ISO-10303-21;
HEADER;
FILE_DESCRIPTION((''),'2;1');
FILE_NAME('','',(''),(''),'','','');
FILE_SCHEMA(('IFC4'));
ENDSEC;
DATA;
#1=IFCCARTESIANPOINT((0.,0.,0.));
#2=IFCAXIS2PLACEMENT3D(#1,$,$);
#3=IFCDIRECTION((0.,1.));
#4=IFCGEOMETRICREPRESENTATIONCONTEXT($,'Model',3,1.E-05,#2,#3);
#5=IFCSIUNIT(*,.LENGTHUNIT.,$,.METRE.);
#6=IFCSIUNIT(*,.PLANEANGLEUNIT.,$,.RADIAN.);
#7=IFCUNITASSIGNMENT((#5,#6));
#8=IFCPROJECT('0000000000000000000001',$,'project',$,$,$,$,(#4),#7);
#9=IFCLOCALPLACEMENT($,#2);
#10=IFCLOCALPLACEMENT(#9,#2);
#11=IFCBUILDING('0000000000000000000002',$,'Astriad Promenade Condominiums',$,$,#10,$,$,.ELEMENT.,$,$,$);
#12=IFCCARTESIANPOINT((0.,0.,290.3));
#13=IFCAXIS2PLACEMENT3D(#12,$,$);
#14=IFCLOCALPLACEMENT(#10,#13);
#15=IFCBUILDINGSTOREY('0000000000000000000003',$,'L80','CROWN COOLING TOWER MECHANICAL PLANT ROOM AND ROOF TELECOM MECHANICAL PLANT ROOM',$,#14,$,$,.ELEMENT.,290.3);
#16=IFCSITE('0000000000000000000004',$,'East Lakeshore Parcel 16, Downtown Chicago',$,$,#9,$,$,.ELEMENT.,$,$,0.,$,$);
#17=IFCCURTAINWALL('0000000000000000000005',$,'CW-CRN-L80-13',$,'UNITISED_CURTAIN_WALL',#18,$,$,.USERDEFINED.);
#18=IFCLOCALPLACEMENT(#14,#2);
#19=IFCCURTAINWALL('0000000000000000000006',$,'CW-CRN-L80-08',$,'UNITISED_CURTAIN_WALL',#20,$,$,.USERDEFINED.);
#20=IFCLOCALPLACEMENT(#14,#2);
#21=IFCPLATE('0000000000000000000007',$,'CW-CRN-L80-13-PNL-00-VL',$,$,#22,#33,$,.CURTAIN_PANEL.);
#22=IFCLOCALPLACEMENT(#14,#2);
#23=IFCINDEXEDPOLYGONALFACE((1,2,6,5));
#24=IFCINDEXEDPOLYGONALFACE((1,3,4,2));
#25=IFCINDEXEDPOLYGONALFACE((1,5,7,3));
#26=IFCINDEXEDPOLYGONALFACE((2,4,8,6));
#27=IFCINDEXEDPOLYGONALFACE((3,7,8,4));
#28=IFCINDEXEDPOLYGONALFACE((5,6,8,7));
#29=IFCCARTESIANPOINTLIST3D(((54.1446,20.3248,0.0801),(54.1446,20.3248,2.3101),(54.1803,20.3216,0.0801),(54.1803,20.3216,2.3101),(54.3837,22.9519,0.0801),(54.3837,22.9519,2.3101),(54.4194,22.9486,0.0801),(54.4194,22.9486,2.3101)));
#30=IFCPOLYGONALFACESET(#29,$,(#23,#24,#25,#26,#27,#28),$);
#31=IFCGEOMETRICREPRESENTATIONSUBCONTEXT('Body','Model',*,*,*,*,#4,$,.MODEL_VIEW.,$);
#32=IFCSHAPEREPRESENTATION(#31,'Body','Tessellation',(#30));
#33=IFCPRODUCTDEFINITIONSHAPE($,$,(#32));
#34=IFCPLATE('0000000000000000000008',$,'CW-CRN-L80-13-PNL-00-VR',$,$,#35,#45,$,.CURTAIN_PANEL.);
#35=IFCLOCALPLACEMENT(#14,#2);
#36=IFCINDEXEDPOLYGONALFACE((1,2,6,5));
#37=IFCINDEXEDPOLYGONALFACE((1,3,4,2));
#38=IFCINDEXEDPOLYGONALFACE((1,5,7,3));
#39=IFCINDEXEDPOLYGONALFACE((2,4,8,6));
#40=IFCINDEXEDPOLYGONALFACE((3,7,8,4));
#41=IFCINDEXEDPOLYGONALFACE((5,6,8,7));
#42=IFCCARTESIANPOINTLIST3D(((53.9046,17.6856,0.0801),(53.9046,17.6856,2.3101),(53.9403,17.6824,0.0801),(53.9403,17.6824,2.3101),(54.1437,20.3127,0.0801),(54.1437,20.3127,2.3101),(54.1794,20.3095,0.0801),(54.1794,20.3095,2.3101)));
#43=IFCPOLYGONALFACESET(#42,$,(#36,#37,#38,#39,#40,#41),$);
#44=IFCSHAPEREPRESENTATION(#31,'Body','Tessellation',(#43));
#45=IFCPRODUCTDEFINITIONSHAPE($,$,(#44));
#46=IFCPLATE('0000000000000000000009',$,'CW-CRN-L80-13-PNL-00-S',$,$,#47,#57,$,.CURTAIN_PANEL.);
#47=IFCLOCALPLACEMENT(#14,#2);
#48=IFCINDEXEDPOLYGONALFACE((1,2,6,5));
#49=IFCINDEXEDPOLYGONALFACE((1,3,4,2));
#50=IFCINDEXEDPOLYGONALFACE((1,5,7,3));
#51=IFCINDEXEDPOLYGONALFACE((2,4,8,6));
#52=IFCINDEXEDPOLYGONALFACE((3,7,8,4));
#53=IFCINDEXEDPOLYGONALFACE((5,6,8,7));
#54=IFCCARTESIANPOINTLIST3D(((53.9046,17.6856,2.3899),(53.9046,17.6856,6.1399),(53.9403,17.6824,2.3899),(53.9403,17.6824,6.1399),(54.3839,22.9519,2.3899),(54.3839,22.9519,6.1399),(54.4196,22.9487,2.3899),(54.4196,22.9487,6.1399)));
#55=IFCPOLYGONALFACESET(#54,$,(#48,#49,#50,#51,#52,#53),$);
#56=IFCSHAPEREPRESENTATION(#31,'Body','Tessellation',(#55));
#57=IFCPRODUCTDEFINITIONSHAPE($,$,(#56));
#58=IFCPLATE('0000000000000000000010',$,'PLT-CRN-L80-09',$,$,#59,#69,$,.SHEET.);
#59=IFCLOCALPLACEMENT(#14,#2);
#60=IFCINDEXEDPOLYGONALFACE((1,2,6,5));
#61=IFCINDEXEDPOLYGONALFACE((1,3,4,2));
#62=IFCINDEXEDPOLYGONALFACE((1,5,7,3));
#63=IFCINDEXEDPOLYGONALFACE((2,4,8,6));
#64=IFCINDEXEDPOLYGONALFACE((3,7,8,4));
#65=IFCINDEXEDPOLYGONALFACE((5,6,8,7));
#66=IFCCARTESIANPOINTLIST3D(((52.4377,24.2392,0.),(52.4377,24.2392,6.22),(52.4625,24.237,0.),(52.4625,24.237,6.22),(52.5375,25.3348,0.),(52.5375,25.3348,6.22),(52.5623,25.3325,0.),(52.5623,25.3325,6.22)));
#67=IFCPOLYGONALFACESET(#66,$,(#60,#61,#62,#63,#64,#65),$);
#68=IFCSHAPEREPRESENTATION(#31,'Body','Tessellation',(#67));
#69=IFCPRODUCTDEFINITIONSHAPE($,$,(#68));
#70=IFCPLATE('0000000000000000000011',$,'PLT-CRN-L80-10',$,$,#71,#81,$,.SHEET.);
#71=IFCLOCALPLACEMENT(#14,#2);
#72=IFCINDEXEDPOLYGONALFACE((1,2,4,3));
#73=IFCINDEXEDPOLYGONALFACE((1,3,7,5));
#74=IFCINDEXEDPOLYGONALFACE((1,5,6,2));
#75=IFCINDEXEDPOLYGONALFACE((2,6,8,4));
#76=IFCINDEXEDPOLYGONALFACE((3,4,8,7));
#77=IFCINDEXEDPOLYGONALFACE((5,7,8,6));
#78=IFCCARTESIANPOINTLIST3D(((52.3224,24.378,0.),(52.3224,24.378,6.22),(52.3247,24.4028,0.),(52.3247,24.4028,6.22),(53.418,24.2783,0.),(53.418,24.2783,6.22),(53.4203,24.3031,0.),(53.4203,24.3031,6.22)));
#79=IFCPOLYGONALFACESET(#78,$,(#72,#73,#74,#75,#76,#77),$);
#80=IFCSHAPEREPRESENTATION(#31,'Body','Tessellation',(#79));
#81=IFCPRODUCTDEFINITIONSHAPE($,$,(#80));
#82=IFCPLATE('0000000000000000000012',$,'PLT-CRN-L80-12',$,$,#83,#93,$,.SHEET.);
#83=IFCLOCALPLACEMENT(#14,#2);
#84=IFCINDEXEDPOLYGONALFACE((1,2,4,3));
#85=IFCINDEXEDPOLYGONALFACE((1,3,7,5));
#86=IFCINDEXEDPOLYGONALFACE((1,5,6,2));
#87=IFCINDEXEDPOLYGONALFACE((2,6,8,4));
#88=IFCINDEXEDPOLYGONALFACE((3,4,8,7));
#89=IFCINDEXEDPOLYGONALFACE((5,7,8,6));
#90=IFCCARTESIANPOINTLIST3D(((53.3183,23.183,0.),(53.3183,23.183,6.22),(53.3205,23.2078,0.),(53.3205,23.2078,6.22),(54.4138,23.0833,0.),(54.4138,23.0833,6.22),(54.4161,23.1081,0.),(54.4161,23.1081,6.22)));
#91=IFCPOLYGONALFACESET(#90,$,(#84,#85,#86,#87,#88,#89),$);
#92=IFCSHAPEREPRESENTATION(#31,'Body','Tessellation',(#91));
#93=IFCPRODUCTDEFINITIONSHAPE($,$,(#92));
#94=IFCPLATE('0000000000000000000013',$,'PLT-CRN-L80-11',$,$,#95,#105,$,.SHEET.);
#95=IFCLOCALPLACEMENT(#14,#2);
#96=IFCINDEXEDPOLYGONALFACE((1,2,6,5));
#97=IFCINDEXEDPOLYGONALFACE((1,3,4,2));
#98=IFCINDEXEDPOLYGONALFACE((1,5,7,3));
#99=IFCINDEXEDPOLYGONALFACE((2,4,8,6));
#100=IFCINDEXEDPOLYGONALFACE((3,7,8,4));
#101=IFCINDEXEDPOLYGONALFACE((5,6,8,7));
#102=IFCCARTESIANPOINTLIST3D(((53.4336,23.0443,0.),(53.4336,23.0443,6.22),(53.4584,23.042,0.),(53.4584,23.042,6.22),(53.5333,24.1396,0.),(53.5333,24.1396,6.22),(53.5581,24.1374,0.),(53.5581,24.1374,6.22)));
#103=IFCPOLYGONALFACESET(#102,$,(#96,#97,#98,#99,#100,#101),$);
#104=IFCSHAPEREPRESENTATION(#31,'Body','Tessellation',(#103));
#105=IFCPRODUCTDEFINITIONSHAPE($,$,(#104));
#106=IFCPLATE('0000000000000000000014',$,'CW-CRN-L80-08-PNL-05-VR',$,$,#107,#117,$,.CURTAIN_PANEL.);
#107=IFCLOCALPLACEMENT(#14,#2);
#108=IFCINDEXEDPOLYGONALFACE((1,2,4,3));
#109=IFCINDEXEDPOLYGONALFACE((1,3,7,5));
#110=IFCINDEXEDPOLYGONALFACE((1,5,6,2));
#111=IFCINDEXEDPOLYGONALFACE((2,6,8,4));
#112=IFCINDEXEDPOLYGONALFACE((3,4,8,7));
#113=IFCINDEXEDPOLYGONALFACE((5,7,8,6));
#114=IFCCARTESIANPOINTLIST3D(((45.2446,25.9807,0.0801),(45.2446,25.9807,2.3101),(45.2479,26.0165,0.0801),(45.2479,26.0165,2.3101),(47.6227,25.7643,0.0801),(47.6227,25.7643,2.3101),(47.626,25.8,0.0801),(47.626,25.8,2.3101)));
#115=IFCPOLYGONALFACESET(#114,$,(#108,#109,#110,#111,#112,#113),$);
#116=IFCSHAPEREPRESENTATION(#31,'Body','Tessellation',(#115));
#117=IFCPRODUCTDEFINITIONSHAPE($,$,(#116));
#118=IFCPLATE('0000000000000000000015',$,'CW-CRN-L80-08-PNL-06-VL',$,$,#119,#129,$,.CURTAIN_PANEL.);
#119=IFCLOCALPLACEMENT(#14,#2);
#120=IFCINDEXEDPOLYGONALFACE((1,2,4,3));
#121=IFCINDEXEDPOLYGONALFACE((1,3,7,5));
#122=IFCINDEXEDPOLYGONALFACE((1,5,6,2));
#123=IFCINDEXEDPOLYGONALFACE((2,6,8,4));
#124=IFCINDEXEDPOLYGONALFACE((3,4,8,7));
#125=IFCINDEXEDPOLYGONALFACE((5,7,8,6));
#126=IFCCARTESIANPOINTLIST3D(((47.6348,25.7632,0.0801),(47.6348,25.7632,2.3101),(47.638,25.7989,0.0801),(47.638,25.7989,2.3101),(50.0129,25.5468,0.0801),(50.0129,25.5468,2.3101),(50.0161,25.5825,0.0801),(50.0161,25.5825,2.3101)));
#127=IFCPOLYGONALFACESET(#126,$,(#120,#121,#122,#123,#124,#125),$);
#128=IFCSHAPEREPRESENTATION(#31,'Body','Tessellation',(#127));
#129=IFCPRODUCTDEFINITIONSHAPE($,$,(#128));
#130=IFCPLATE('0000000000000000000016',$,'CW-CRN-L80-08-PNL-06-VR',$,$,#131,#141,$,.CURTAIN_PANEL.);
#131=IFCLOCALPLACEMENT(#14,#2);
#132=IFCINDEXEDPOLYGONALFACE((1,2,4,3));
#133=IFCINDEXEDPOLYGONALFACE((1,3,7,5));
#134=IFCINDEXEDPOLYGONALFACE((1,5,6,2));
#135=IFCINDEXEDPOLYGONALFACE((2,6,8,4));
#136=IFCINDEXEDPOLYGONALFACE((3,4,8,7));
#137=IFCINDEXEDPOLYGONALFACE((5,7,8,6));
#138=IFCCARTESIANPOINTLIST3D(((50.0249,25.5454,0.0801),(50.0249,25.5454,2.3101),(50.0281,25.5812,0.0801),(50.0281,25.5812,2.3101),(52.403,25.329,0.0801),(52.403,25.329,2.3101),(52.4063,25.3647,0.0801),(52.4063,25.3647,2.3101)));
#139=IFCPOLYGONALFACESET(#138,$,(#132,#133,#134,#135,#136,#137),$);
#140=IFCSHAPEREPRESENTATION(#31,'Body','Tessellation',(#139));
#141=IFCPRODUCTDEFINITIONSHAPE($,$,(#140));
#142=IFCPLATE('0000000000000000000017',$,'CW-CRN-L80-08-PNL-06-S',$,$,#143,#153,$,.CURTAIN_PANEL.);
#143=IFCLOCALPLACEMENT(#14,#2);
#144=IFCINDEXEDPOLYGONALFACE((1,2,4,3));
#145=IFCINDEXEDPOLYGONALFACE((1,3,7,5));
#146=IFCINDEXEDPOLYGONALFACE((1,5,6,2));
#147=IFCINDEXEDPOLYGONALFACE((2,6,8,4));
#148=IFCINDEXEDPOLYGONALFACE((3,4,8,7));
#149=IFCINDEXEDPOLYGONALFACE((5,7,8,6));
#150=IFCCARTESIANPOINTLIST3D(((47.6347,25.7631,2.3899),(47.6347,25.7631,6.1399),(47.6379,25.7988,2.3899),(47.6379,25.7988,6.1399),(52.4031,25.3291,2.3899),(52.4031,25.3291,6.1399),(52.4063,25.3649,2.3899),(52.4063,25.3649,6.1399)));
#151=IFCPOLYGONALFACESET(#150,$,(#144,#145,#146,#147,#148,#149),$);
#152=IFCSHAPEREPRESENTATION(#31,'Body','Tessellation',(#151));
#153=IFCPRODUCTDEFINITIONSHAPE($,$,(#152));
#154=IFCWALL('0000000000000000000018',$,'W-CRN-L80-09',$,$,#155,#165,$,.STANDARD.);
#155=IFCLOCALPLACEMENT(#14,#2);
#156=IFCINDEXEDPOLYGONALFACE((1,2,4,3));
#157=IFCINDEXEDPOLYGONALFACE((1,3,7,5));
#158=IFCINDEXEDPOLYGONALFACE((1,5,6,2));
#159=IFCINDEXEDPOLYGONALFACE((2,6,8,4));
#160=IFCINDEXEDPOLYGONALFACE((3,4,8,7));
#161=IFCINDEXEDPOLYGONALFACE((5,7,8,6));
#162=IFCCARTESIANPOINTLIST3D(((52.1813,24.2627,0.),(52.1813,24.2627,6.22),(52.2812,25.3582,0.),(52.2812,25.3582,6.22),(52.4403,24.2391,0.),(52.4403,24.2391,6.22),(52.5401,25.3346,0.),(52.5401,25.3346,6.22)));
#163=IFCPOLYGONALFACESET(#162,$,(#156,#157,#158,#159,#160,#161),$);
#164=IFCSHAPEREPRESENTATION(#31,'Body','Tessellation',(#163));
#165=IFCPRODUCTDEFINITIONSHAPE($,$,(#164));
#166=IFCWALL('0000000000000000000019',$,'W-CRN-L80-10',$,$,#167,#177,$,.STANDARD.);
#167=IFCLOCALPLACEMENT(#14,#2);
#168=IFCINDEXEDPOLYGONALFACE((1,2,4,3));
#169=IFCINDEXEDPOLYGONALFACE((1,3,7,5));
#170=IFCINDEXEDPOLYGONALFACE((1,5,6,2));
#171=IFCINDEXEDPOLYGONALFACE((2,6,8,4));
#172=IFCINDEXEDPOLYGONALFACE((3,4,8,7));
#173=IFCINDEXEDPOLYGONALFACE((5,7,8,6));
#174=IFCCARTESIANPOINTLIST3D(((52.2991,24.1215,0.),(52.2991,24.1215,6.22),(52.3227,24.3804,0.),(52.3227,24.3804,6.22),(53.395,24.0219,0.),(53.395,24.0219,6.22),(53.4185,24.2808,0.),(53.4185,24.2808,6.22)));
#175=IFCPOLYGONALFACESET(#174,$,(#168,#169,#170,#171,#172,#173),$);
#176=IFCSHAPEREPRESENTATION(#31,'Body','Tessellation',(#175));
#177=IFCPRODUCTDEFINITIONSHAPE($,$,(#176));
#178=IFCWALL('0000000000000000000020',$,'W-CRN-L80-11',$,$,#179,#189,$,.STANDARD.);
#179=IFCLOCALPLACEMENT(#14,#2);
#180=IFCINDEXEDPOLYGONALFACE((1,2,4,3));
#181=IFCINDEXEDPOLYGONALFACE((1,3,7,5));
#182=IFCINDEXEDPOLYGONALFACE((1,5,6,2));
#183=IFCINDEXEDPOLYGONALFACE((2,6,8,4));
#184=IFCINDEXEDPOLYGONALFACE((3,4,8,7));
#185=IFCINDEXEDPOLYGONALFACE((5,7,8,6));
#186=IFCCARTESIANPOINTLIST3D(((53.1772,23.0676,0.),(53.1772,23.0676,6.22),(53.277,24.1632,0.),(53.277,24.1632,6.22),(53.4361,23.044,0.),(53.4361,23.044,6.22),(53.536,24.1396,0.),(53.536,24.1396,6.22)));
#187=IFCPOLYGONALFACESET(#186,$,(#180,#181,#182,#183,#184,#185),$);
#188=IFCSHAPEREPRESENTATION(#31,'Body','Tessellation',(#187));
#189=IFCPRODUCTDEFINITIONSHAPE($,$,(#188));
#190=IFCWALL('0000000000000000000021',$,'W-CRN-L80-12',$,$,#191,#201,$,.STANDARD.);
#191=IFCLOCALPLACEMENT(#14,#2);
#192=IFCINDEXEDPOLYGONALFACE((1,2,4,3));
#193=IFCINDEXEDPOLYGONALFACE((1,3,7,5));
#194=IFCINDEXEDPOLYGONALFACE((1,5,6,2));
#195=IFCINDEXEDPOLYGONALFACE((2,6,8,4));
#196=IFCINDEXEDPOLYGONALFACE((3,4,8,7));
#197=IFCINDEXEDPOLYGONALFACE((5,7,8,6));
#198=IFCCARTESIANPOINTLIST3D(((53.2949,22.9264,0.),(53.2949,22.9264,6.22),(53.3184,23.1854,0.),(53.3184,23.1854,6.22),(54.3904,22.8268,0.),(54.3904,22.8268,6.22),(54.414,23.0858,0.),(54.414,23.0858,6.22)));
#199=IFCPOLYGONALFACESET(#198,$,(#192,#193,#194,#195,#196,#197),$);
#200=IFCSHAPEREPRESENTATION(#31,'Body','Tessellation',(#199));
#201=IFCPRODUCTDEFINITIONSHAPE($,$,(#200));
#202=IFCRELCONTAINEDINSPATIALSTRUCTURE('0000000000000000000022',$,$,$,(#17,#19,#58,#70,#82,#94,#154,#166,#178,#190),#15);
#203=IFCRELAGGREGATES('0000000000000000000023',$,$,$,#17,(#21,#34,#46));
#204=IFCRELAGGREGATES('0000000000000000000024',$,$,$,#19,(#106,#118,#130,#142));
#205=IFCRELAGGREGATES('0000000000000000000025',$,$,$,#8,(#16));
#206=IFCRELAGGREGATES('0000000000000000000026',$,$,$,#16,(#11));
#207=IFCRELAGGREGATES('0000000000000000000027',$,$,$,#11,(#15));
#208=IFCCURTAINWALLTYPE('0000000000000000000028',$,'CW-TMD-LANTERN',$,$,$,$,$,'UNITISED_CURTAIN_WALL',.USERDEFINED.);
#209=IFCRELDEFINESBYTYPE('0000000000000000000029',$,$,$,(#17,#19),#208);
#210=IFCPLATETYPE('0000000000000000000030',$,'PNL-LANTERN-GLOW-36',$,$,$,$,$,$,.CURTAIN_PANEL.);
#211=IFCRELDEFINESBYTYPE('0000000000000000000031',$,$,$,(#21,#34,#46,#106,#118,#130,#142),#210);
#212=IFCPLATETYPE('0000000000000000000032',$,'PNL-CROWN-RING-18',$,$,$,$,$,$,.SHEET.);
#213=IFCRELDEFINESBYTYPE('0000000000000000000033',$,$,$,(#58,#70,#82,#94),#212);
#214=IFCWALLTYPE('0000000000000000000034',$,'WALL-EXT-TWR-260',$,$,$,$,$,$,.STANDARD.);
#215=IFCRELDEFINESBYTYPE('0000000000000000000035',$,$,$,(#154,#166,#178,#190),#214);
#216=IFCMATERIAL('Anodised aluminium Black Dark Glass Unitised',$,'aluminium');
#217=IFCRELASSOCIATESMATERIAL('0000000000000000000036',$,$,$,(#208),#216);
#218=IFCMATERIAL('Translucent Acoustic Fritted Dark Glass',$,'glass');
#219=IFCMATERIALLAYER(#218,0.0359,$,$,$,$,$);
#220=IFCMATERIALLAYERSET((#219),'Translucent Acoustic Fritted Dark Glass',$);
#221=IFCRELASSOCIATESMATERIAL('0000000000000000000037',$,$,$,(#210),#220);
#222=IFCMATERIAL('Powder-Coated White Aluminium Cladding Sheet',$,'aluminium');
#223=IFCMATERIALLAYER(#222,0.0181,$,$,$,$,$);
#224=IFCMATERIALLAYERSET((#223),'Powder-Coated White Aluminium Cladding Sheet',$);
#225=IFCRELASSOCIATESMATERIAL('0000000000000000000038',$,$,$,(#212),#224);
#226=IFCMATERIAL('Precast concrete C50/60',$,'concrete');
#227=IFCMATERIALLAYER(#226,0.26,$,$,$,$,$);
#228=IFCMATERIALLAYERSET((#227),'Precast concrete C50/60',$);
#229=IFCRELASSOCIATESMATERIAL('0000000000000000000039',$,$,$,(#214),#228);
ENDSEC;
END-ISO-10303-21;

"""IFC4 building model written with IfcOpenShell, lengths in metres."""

from ifc_helpers import new_model, si_unit, direction, frame, frame_2d, origin, origin_2d, place, context, subcontext, project, spatial, rectangle, extrude, source, transform, mapped, material, layer, layer_set, type_object, type_shapes, element, aggregate, save


model = new_model("IFC4")

# Units and contexts
model_context = context("Model", 3, precision=1e-05, world=origin(), true_north=direction((0.0, 1.0)))
body_context = subcontext(model_context, "Body", "Model", "MODEL_VIEW")
ifc_project = project(units=[si_unit("LENGTHUNIT", "METRE"), si_unit("PLANEANGLEUNIT", "RADIAN")], contexts=[model_context])

# Site, building, storey
site_placement = place(None, origin())
site = spatial("IfcSite", under=ifc_project, at=site_placement, Name="East Lakeshore Parcel 16, Downtown Chicago", CompositionType="ELEMENT", RefElevation=0.0)
building_placement = place(site_placement, origin())
building = spatial("IfcBuilding", under=site, at=building_placement, Name="Astriad Promenade Condominiums", CompositionType="ELEMENT")
storey_placement = place(building_placement, frame((0.0, 0.0, 290.3)))
storey = spatial("IfcBuildingStorey", under=building, at=storey_placement, Name="L80", Description="CROWN COOLING TOWER MECHANICAL PLANT ROOM AND ROOF TELECOM MECHANICAL PLANT ROOM", CompositionType="ELEMENT", Elevation=290.3)

# Curtain walls
ifc_material_1 = material(Name="Anodised aluminium Black Dark Glass Unitised", Category="aluminium")
curtain_wall_type = type_object("IfcCurtainWallType", Name="CW-TMD-LANTERN", ElementType="UNITISED_CURTAIN_WALL", PredefinedType="USERDEFINED", material=ifc_material_1)
curtain_wall_1_placement = place(storey_placement, origin())
curtain_wall_1 = element("IfcCurtainWall", 1, at=curtain_wall_1_placement, inside=storey, type_object=curtain_wall_type, Name="CW-CRN-L80-13", ObjectType="UNITISED_CURTAIN_WALL", PredefinedType="USERDEFINED")
curtain_wall_2_placement = place(storey_placement, origin())
curtain_wall_2 = element("IfcCurtainWall", 2, at=curtain_wall_2_placement, inside=storey, type_object=curtain_wall_type, Name="CW-CRN-L80-08", ObjectType="UNITISED_CURTAIN_WALL", PredefinedType="USERDEFINED")

# Plates
ifc_material_2 = material(Name="Translucent Acoustic Fritted Dark Glass", Category="glass")
ifc_layer_1 = layer(ifc_material_2, 0.0359)
ifc_layer_set_1 = layer_set([ifc_layer_1], Name="Translucent Acoustic Fritted Dark Glass")
plate_type_1 = type_object("IfcPlateType", Name="PNL-LANTERN-GLOW-36", PredefinedType="CURTAIN_PANEL", material=ifc_layer_set_1)
shared_shape_1 = source(origin(), body_context, "Body", "SweptSolid", [
    extrude(rectangle(XDim=2.6379, YDim=0.0359, at=origin_2d()), origin(), (0.0, 0.0, 1.0), 2.23),
])
plate_1_placement = place(storey_placement, frame((54.282, 21.6367, 0.0801), z_axis=(0.0, 0.0, 1.0), x_axis=(-0.090633, -0.995884, 0.0)))
plate_1 = element("IfcPlate", 3, at=plate_1_placement, type_object=plate_type_1, Name="CW-CRN-L80-13-PNL-00-VL", PredefinedType="CURTAIN_PANEL", context=body_context, shape_type="MappedRepresentation", body=[
    mapped(shared_shape_1, transform((0.0, 0.0, 0.0), scale=1.0)),
])
plate_2_placement = place(storey_placement, frame((54.042, 18.9976, 0.0801), z_axis=(0.0, 0.0, 1.0), x_axis=(-0.090633, -0.995884, 0.0)))
plate_2 = element("IfcPlate", 4, at=plate_2_placement, type_object=plate_type_1, Name="CW-CRN-L80-13-PNL-00-VR", PredefinedType="CURTAIN_PANEL", context=body_context, shape_type="MappedRepresentation", body=[
    mapped(shared_shape_1, transform((0.0, 0.0, 0.0), scale=1.0)),
])
shared_shape_2 = source(origin(), body_context, "Body", "SweptSolid", [
    extrude(rectangle(XDim=5.2881, YDim=0.0359, at=origin_2d()), origin(), (0.0, 0.0, 1.0), 3.75),
])
plate_3_placement = place(storey_placement, frame((54.1621, 20.3171, 2.3899), z_axis=(0.0, 0.0, 1.0), x_axis=(-0.090633, -0.995884, 0.0)))
plate_3 = element("IfcPlate", 5, at=plate_3_placement, type_object=plate_type_1, Name="CW-CRN-L80-13-PNL-00-S", PredefinedType="CURTAIN_PANEL", context=body_context, shape_type="MappedRepresentation", body=[
    mapped(shared_shape_2, transform((0.0, 0.0, 0.0), scale=1.0)),
])
aggregate(curtain_wall_1, [plate_1, plate_2, plate_3])

# Plates
ifc_material_3 = material(Name="Powder-Coated White Aluminium Cladding Sheet", Category="aluminium")
ifc_layer_2 = layer(ifc_material_3, 0.0181)
ifc_layer_set_2 = layer_set([ifc_layer_2], Name="Powder-Coated White Aluminium Cladding Sheet")
plate_type_2 = type_object("IfcPlateType", Name="PNL-CROWN-RING-18", PredefinedType="SHEET", material=ifc_layer_set_2)
shared_shape_3 = source(origin(), body_context, "Body", "SweptSolid", [
    extrude(rectangle(XDim=1.1001, YDim=0.0249, at=origin_2d()), origin(), (0.0, 0.0, 1.0), 6.22),
])
for number, where, z_axis, x_axis, name in (
    (6, (52.5, 24.7859, 0.0), (0.0, 0.0, 1.0), (-0.090633, -0.995884, 0.0), "PLT-CRN-L80-09"),
    (7, (52.8713, 24.3406, 0.0), (0.0, 0.0, 1.0), (0.995884, -0.090633, 0.0), "PLT-CRN-L80-10"),
    (8, (53.8672, 23.1455, 0.0), (0.0, 0.0, 1.0), (0.995884, -0.090633, 0.0), "PLT-CRN-L80-12"),
):
    element("IfcPlate", number, at=place(storey_placement, frame(where, z_axis=z_axis, x_axis=x_axis)), inside=storey, type_object=plate_type_2, Name=name, PredefinedType="SHEET", context=body_context, shape_type="MappedRepresentation", body=[
        mapped(shared_shape_3, transform((0.0, 0.0, 0.0), scale=1.0)),
    ])
shared_shape_4 = source(origin(), body_context, "Body", "SweptSolid", [
    extrude(rectangle(XDim=1.0999, YDim=0.0249, at=origin_2d()), origin(), (0.0, 0.0, 1.0), 6.22),
])
type_shapes(plate_type_2, [shared_shape_3, shared_shape_4])
plate_4_placement = place(storey_placement, frame((53.4958, 23.5908, 0.0), z_axis=(0.0, 0.0, 1.0), x_axis=(-0.09065, -0.995883, 0.0)))
element("IfcPlate", 9, at=plate_4_placement, inside=storey, type_object=plate_type_2, Name="PLT-CRN-L80-11", PredefinedType="SHEET", context=body_context, shape_type="MappedRepresentation", body=[
    mapped(shared_shape_4, transform((0.0, 0.0, 0.0), scale=1.0)),
])

# Plates
shared_shape_5 = source(origin(), body_context, "Body", "SweptSolid", [
    extrude(rectangle(XDim=2.3879, YDim=0.0359, at=origin_2d()), origin(), (0.0, 0.0, 1.0), 2.23),
])
plate_5_placement = place(storey_placement, frame((46.4353, 25.8904, 0.0801), z_axis=(0.0, 0.0, 1.0), x_axis=(0.995884, -0.090633, 0.0)))
plate_5 = element("IfcPlate", 10, at=plate_5_placement, type_object=plate_type_1, Name="CW-CRN-L80-08-PNL-05-VR", PredefinedType="CURTAIN_PANEL", context=body_context, shape_type="MappedRepresentation", body=[
    mapped(shared_shape_5, transform((0.0, 0.0, 0.0), scale=1.0)),
])
plate_6_placement = place(storey_placement, frame((48.8254, 25.6729, 0.0801), z_axis=(0.0, 0.0, 1.0), x_axis=(0.995884, -0.090633, 0.0)))
plate_6 = element("IfcPlate", 11, at=plate_6_placement, type_object=plate_type_1, Name="CW-CRN-L80-08-PNL-06-VL", PredefinedType="CURTAIN_PANEL", context=body_context, shape_type="MappedRepresentation", body=[
    mapped(shared_shape_5, transform((0.0, 0.0, 0.0), scale=1.0)),
])
plate_7_placement = place(storey_placement, frame((51.2156, 25.4551, 0.0801), z_axis=(0.0, 0.0, 1.0), x_axis=(0.995884, -0.090633, 0.0)))
plate_7 = element("IfcPlate", 12, at=plate_7_placement, type_object=plate_type_1, Name="CW-CRN-L80-08-PNL-06-VR", PredefinedType="CURTAIN_PANEL", context=body_context, shape_type="MappedRepresentation", body=[
    mapped(shared_shape_5, transform((0.0, 0.0, 0.0), scale=1.0)),
])
shared_shape_6 = source(origin(), body_context, "Body", "SweptSolid", [
    extrude(rectangle(XDim=4.7881, YDim=0.0359, at=origin_2d()), origin(), (0.0, 0.0, 1.0), 3.75),
])
type_shapes(plate_type_1, [shared_shape_1, shared_shape_2, shared_shape_5, shared_shape_6])
plate_8_placement = place(storey_placement, frame((50.0205, 25.564, 2.3899), z_axis=(0.0, 0.0, 1.0), x_axis=(0.995884, -0.090633, 0.0)))
plate_8 = element("IfcPlate", 13, at=plate_8_placement, type_object=plate_type_1, Name="CW-CRN-L80-08-PNL-06-S", PredefinedType="CURTAIN_PANEL", context=body_context, shape_type="MappedRepresentation", body=[
    mapped(shared_shape_6, transform((0.0, 0.0, 0.0), scale=1.0)),
])
aggregate(curtain_wall_2, [plate_5, plate_6, plate_7, plate_8])

# Walls
ifc_material_4 = material(Name="Precast concrete C50/60", Category="concrete")
ifc_layer_3 = layer(ifc_material_4, 0.26)
ifc_layer_set_3 = layer_set([ifc_layer_3], Name="Precast concrete C50/60")
wall_type_1 = type_object("IfcWallType", Name="WALL-EXT-TWR-260", PredefinedType="STANDARD", material=ifc_layer_set_3)
wall_1_placement = place(storey_placement, frame((52.4106, 25.3464, 0.0), z_axis=(0.0, 0.0, 1.0), x_axis=(-0.090776, -0.995871, 0.0)))
element("IfcWall", 14, at=wall_1_placement, inside=storey, type_object=wall_type_1, Name="W-CRN-L80-09", PredefinedType="STANDARD", context=body_context, shape_type="SweptSolid", body=[
    extrude(rectangle(XDim=1.1001, YDim=0.26, at=frame_2d((0.55, 0.0))), origin(), (0.0, 0.0, 1.0), 6.22),
])
wall_2_placement = place(storey_placement, frame((52.3108, 24.251, 0.0), z_axis=(0.0, 0.0, 1.0), x_axis=(0.995893, -0.090536, 0.0)))
element("IfcWall", 15, at=wall_2_placement, inside=storey, type_object=wall_type_1, Name="W-CRN-L80-10", PredefinedType="STANDARD", context=body_context, shape_type="SweptSolid", body=[
    extrude(rectangle(XDim=1.1003, YDim=0.26, at=frame_2d((0.5503, 0.0))), origin(), (0.0, 0.0, 1.0), 6.22),
])
for number, where, z_axis, x_axis, name in (
    (16, (53.4065, 24.1514, 0.0), (0.0, 0.0, 1.0), (-0.090776, -0.995871, 0.0), "W-CRN-L80-11"),
    (17, (53.3066, 23.0559, 0.0), (0.0, 0.0, 1.0), (0.995891, -0.090556, 0.0), "W-CRN-L80-12"),
):
    element("IfcWall", number, at=place(storey_placement, frame(where, z_axis=z_axis, x_axis=x_axis)), inside=storey, type_object=wall_type_1, Name=name, PredefinedType="STANDARD", context=body_context, shape_type="SweptSolid", body=[
        extrude(rectangle(XDim=1.1001, YDim=0.26, at=frame_2d((0.55, 0.0))), origin(), (0.0, 0.0, 1.0), 6.22),
    ])

save(model, "model.ifc")
